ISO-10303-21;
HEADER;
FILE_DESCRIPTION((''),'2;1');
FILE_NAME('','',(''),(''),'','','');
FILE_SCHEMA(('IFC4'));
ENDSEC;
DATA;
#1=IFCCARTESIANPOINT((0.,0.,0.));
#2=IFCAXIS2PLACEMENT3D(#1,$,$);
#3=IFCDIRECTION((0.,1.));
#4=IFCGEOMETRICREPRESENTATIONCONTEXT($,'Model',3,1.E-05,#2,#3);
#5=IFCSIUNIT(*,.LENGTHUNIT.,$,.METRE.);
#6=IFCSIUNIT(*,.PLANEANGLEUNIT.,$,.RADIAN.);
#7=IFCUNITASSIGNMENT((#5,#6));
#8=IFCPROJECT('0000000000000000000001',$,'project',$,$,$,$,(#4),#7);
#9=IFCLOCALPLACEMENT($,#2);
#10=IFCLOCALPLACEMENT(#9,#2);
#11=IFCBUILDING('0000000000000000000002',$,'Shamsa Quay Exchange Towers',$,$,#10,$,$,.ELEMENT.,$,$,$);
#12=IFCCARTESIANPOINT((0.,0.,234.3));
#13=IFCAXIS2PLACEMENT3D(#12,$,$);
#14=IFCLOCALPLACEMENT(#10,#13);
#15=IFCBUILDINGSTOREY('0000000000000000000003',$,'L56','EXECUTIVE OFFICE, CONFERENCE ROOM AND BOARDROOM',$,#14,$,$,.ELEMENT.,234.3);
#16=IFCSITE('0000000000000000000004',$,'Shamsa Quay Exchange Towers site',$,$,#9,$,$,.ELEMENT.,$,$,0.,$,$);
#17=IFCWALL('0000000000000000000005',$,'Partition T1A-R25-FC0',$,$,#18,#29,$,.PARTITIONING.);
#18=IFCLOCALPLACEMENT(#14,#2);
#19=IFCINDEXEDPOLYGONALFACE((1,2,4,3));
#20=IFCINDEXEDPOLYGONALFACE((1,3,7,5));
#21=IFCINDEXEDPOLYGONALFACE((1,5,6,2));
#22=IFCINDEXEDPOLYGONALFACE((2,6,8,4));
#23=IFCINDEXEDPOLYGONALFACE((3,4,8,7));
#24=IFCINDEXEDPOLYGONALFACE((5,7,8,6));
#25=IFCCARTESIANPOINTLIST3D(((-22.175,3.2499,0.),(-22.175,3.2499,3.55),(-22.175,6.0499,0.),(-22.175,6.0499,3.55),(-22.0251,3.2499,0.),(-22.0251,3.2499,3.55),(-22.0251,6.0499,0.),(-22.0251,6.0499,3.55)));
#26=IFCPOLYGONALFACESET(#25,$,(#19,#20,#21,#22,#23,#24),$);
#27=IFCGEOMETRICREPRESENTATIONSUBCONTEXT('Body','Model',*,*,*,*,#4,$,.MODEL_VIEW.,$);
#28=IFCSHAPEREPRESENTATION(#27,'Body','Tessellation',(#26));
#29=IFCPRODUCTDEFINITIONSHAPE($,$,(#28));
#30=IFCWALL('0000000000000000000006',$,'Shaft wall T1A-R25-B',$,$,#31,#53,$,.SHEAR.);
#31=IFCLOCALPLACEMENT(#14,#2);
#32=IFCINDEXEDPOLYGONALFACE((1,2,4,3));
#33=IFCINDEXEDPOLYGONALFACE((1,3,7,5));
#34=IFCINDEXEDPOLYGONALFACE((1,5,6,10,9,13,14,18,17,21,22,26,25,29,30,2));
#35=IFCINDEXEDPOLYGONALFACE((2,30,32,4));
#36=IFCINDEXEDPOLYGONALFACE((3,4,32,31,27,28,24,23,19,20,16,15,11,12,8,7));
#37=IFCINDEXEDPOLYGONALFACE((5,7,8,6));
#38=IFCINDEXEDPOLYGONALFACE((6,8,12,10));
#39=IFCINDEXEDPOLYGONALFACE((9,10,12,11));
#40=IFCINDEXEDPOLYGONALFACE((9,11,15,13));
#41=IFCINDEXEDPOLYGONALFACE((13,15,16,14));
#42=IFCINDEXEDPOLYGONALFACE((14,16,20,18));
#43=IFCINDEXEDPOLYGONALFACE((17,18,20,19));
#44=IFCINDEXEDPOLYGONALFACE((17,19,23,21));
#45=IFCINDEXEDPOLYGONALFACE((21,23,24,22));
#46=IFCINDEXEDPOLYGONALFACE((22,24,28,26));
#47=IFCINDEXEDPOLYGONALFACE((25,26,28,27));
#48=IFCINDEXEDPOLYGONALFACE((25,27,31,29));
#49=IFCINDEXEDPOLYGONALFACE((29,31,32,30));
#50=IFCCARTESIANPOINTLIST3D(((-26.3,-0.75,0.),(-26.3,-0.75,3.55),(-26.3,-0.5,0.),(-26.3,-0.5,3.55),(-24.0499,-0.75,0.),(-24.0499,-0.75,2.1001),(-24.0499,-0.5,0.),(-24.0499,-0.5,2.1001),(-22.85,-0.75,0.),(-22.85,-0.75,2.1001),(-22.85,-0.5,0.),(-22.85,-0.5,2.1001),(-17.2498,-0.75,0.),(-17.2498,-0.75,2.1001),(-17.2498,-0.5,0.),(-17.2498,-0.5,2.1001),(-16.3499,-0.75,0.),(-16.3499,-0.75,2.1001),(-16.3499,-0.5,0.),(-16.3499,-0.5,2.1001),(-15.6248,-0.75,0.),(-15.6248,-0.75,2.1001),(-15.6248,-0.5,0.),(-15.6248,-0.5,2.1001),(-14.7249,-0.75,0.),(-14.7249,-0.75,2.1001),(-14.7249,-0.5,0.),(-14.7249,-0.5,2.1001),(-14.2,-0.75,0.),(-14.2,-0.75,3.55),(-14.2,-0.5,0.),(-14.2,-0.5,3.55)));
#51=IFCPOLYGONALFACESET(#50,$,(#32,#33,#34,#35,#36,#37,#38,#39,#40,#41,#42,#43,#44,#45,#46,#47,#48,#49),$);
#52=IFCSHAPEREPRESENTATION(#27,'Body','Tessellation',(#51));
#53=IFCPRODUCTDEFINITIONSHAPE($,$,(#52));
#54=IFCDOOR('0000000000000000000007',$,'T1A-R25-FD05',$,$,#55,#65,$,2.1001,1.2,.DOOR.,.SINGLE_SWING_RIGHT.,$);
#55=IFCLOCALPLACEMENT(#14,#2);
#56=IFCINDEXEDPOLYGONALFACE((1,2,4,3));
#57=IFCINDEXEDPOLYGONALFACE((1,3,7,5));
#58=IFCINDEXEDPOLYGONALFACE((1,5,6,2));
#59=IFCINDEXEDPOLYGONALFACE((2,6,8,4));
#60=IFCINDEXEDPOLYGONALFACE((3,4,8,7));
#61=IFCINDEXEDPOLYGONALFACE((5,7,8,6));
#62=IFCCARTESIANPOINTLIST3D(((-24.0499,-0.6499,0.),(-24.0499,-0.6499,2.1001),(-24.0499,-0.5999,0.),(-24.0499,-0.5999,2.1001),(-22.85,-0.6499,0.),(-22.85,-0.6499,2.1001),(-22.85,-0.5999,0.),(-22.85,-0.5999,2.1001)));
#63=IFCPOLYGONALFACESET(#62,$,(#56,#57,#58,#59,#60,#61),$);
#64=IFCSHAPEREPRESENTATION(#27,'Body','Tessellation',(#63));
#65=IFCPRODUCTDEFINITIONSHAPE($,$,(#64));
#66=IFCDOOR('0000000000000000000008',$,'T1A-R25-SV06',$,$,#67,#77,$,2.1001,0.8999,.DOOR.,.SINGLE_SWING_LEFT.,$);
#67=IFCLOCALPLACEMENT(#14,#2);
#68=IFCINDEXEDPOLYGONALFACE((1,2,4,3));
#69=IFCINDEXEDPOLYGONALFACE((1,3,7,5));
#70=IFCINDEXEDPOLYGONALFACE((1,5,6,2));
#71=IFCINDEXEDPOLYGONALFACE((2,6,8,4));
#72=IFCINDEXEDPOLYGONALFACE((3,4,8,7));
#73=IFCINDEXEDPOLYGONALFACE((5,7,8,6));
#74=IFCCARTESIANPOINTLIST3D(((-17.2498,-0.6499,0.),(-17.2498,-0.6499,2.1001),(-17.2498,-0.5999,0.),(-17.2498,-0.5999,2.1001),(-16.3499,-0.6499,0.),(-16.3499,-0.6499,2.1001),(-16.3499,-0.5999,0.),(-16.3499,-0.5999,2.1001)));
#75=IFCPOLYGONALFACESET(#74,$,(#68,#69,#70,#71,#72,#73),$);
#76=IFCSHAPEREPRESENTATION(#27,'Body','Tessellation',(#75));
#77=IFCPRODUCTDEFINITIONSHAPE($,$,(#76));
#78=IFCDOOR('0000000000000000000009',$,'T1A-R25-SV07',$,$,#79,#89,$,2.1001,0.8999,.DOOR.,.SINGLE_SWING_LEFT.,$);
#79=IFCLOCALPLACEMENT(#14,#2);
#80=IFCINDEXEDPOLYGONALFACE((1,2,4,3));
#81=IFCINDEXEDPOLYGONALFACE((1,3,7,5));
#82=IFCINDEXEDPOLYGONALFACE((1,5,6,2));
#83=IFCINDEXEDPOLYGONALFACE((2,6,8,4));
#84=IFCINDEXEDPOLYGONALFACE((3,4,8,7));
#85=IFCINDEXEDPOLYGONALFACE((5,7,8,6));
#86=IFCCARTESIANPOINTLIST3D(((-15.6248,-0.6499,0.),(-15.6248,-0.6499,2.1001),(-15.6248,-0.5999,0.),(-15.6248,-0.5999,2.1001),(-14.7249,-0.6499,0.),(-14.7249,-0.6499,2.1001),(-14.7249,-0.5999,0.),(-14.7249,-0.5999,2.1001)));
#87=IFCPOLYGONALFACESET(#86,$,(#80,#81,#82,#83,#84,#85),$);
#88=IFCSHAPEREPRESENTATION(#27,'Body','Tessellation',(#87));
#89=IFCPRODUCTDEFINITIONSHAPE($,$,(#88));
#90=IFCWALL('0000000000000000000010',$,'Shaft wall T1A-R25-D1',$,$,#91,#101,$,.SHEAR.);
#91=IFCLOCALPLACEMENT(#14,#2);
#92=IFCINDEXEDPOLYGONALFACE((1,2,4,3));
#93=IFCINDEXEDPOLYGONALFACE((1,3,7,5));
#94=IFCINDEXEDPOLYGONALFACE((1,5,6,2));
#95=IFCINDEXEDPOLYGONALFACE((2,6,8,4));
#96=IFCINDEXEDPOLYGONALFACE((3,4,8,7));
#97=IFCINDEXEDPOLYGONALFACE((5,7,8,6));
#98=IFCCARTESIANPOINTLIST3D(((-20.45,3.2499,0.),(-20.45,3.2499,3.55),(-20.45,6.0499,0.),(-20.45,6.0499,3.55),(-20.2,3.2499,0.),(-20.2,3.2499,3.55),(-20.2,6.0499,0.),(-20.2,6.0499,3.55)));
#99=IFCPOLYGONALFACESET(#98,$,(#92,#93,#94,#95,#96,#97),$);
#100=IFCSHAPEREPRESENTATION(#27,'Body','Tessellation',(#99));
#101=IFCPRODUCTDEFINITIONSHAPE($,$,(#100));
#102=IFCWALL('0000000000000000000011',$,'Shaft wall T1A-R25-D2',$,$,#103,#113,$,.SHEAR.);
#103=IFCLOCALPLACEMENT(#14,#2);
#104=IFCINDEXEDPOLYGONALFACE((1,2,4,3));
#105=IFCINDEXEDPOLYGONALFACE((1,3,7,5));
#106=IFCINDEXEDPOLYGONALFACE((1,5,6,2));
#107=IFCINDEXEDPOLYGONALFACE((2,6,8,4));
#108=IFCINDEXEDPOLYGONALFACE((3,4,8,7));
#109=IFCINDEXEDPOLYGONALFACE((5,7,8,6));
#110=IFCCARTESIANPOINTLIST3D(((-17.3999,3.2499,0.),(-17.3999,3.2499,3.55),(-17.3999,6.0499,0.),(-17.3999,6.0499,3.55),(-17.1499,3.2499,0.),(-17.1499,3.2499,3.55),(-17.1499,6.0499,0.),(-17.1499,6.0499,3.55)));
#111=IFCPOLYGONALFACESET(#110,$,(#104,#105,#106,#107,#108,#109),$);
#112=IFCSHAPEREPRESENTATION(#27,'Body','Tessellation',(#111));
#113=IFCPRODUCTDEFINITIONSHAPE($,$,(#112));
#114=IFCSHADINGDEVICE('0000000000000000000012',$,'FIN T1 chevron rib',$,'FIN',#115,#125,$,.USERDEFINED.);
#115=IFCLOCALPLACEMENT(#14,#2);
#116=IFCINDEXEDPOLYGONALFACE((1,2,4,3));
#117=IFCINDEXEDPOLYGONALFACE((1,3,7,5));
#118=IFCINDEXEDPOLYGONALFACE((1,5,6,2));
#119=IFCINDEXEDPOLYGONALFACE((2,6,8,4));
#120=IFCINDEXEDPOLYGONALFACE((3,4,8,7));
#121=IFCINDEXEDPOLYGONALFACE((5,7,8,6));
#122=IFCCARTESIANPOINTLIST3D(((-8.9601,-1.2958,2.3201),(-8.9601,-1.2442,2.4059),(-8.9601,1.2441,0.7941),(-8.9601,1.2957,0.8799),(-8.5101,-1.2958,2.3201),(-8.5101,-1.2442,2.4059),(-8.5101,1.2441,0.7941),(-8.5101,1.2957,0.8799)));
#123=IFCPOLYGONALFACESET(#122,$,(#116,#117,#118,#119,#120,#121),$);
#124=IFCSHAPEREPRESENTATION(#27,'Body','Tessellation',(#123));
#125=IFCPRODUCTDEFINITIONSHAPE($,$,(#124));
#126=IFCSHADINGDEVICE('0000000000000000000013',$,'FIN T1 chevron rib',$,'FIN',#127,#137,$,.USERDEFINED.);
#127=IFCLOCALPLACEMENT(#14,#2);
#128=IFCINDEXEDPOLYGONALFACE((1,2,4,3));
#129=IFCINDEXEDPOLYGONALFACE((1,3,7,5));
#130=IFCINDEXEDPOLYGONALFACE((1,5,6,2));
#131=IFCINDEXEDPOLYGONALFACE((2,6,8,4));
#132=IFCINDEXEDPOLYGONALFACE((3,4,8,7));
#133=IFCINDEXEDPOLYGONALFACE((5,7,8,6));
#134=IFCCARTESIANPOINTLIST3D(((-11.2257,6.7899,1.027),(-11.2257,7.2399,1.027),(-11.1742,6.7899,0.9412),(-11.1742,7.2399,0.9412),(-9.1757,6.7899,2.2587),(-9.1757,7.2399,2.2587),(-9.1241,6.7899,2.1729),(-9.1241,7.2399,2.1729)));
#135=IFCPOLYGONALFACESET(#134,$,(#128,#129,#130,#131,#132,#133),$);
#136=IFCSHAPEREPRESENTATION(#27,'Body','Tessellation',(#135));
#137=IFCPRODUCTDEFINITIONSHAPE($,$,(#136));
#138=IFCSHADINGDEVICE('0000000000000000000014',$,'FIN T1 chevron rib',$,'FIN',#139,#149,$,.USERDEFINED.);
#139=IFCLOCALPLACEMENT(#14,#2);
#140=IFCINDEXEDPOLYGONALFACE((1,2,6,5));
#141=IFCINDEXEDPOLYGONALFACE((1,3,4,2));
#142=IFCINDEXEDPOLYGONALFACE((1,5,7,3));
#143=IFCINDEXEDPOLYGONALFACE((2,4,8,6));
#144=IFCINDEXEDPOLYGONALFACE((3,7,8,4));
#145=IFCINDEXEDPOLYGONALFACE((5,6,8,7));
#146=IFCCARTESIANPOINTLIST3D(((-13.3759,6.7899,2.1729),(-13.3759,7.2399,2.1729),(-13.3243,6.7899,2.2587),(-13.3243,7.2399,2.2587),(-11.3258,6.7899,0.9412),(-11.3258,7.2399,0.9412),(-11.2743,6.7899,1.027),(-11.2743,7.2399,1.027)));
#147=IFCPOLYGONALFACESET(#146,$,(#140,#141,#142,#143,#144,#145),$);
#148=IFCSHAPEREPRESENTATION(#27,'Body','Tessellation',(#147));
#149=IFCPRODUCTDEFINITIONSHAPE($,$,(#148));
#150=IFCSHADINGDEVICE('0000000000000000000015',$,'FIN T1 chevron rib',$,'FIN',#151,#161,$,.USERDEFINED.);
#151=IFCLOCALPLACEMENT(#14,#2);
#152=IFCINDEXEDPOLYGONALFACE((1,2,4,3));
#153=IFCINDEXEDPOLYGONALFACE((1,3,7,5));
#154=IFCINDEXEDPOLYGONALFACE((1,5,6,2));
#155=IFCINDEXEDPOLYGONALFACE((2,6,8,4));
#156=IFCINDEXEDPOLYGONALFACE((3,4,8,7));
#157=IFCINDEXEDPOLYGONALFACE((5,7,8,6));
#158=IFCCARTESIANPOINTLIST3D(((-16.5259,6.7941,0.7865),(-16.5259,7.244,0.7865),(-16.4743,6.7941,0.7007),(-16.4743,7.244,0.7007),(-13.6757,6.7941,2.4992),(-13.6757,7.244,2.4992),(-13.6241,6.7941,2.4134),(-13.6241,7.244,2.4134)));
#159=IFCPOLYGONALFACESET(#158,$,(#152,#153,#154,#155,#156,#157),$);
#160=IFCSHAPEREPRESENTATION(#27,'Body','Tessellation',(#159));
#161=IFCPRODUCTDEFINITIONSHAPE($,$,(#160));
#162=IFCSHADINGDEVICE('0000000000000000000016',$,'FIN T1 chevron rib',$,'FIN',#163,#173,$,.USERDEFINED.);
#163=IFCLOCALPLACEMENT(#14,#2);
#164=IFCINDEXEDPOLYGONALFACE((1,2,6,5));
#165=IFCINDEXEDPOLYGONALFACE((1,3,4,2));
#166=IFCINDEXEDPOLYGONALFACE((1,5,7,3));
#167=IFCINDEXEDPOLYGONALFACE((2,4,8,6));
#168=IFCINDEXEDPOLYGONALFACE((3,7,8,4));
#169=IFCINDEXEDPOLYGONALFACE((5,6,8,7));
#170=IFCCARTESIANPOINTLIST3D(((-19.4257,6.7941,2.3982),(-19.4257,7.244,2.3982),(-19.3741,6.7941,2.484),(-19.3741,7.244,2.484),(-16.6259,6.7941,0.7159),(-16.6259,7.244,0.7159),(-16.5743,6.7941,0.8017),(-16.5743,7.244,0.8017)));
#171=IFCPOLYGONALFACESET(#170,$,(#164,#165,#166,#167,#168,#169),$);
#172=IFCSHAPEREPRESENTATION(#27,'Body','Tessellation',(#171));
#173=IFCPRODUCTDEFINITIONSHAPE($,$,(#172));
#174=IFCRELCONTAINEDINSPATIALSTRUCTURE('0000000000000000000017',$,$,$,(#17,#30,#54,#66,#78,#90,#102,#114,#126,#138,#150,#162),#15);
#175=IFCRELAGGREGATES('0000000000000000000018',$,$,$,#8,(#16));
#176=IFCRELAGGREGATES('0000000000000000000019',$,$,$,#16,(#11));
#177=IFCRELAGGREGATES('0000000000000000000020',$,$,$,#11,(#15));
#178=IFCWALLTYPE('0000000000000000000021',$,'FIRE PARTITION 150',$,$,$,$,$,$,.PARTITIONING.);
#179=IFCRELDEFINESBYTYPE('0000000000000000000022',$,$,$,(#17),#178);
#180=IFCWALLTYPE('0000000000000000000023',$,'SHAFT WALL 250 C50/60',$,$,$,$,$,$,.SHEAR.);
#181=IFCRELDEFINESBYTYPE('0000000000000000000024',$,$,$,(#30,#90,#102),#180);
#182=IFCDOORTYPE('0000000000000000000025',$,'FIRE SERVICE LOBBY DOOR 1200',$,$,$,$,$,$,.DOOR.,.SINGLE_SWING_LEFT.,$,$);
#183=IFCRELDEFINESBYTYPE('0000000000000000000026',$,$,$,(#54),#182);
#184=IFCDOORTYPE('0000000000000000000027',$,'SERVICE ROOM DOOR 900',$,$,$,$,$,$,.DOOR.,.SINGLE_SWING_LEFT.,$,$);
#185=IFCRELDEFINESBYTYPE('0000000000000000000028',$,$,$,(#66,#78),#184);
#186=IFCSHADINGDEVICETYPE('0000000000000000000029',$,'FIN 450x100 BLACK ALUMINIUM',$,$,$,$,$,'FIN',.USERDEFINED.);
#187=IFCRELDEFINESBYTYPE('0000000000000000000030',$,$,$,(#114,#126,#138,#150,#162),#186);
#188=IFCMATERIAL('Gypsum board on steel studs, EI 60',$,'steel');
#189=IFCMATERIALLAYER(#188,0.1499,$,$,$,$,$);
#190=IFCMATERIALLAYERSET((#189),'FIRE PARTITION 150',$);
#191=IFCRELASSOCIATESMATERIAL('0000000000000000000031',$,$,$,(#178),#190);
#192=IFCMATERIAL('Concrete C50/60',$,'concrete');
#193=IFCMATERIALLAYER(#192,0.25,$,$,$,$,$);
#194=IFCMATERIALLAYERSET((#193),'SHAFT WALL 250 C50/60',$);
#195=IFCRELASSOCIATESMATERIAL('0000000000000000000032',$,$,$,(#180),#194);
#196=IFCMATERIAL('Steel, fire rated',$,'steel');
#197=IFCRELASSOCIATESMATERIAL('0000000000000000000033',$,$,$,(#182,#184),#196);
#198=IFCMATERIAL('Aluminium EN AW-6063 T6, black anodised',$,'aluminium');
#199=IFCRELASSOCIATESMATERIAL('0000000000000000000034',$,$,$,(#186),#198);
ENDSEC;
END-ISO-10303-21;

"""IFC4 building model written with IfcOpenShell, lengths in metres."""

from ifc_helpers import new_model, si_unit, direction, frame, frame_2d, origin, origin_2d, place, context, subcontext, project, spatial, rectangle, extrude, material, layer, layer_set, material_profile, profile_set, type_object, element, fill, save


model = new_model("IFC4")

# Units and contexts
model_context = context("Model", 3, precision=1e-05, world=origin(), true_north=direction((0.0, 1.0)))
body_context = subcontext(model_context, "Body", "Model", "MODEL_VIEW")
ifc_project = project(units=[si_unit("LENGTHUNIT", "METRE"), si_unit("PLANEANGLEUNIT", "RADIAN")], contexts=[model_context])

# Site, building, storey
site_placement = place(None, origin())
site = spatial("IfcSite", under=ifc_project, at=site_placement, Name="Shamsa Quay Exchange Towers site", CompositionType="ELEMENT", RefElevation=0.0)
building_placement = place(site_placement, origin())
building = spatial("IfcBuilding", under=site, at=building_placement, Name="Shamsa Quay Exchange Towers", CompositionType="ELEMENT")
storey_placement = place(building_placement, frame((0.0, 0.0, 234.3)))
storey = spatial("IfcBuildingStorey", under=building, at=storey_placement, Name="L56", Description="EXECUTIVE OFFICE, CONFERENCE ROOM AND BOARDROOM", CompositionType="ELEMENT", Elevation=234.3)

# Shared definitions
ifc_material_1 = material(Name="Aluminium EN AW-6063 T6, black anodised", Category="aluminium")

# Shared definitions
ifc_material_2 = material(Name="Steel, fire rated", Category="steel")

# Wall
ifc_material_3 = material(Name="Gypsum board on steel studs, EI 60", Category="steel")
ifc_layer_1 = layer(ifc_material_3, 0.1499)
ifc_layer_set_1 = layer_set([ifc_layer_1], Name="FIRE PARTITION 150")
wall_type_1 = type_object("IfcWallType", Name="FIRE PARTITION 150", PredefinedType="PARTITIONING", material=ifc_layer_set_1)
wall_1_placement = place(storey_placement, frame((-22.1001, 3.25, 0.0), z_axis=(0.0, 0.0, 1.0), x_axis=(0.0, 1.0, 0.0)))
element("IfcWall", 1, at=wall_1_placement, inside=storey, type_object=wall_type_1, Name="Partition T1A-R25-FC0", PredefinedType="PARTITIONING", context=body_context, shape_type="SweptSolid", body=[
    extrude(rectangle(XDim=2.8, YDim=0.1499, at=frame_2d((1.3999, 0.0))), origin(), (0.0, 0.0, 1.0), 3.55),
])

# Wall, openings, doors
ifc_material_4 = material(Name="Concrete C50/60", Category="concrete")
ifc_layer_2 = layer(ifc_material_4, 0.25)
ifc_layer_set_2 = layer_set([ifc_layer_2], Name="SHAFT WALL 250 C50/60")
wall_type_2 = type_object("IfcWallType", Name="SHAFT WALL 250 C50/60", PredefinedType="SHEAR", material=ifc_layer_set_2)
wall_2_placement = place(storey_placement, frame((-14.2, -0.625, 0.0), z_axis=(0.0, 0.0, 1.0), x_axis=(-1.0, 0.0, 0.0)))
wall_2 = element("IfcWall", 2, at=wall_2_placement, inside=storey, type_object=wall_type_2, Name="Shaft wall T1A-R25-B", PredefinedType="SHEAR", context=body_context, shape_type="SweptSolid", body=[
    extrude(rectangle(XDim=12.1001, YDim=0.25, at=frame_2d((6.05, 0.0))), origin(), (0.0, 0.0, 1.0), 3.55),
])
opening_1_placement = place(wall_2_placement, frame((8.6499, 0.0, 0.0)))
opening_1 = element("IfcOpeningElement", 3, at=opening_1_placement, cuts=wall_2, PredefinedType="OPENING", context=body_context, shape_type="SweptSolid", body=[
    extrude(rectangle(XDim=1.2, YDim=2.1001, at=frame_2d((0.6001, 1.05))), frame((0.0, 0.135, 0.0), z_axis=(0.0, -1.0, 0.0), x_axis=(1.0, 0.0, 0.0)), (0.0, 0.0, 1.0), 0.27),
])
opening_2_placement = place(wall_2_placement, frame((2.1499, 0.0, 0.0)))
opening_2 = element("IfcOpeningElement", 4, at=opening_2_placement, cuts=wall_2, PredefinedType="OPENING", context=body_context, shape_type="SweptSolid", body=[
    extrude(rectangle(XDim=0.8999, YDim=2.1001, at=frame_2d((0.45, 1.05))), frame((0.0, 0.135, 0.0), z_axis=(0.0, -1.0, 0.0), x_axis=(1.0, 0.0, 0.0)), (0.0, 0.0, 1.0), 0.27),
])
opening_3_placement = place(wall_2_placement, frame((0.5249, 0.0, 0.0)))
opening_3 = element("IfcOpeningElement", 5, at=opening_3_placement, cuts=wall_2, PredefinedType="OPENING", context=body_context, shape_type="SweptSolid", body=[
    extrude(rectangle(XDim=0.8999, YDim=2.1001, at=frame_2d((0.45, 1.05))), frame((0.0, 0.135, 0.0), z_axis=(0.0, -1.0, 0.0), x_axis=(1.0, 0.0, 0.0)), (0.0, 0.0, 1.0), 0.27),
])
door_type_1 = type_object("IfcDoorType", Name="FIRE SERVICE LOBBY DOOR 1200", OperationType="SINGLE_SWING_LEFT", PredefinedType="DOOR", material=ifc_material_2)
door_1_placement = place(opening_1_placement, origin())
door_1 = element("IfcDoor", 6, at=door_1_placement, inside=storey, type_object=door_type_1, Name="T1A-R25-FD05", OperationType="SINGLE_SWING_RIGHT", OverallHeight=2.1001, OverallWidth=1.2, PredefinedType="DOOR", context=body_context, shape_type="SweptSolid", body=[
    extrude(rectangle(XDim=1.2, YDim=2.1001, at=frame_2d((0.6001, 1.05))), frame((0.0, 0.0249, 0.0), z_axis=(0.0, -1.0, 0.0), x_axis=(1.0, 0.0, 0.0)), (0.0, 0.0, 1.0), 0.05),
])
fill(opening_1, door_1)
door_type_2 = type_object("IfcDoorType", Name="SERVICE ROOM DOOR 900", OperationType="SINGLE_SWING_LEFT", PredefinedType="DOOR", material=ifc_material_2)
door_2_placement = place(opening_2_placement, origin())
door_2 = element("IfcDoor", 7, at=door_2_placement, inside=storey, type_object=door_type_2, Name="T1A-R25-SV06", OperationType="SINGLE_SWING_LEFT", OverallHeight=2.1001, OverallWidth=0.8999, PredefinedType="DOOR", context=body_context, shape_type="SweptSolid", body=[
    extrude(rectangle(XDim=0.8999, YDim=2.1001, at=frame_2d((0.45, 1.05))), frame((0.0, 0.0249, 0.0), z_axis=(0.0, -1.0, 0.0), x_axis=(1.0, 0.0, 0.0)), (0.0, 0.0, 1.0), 0.05),
])
fill(opening_2, door_2)
door_3_placement = place(opening_3_placement, origin())
door_3 = element("IfcDoor", 8, at=door_3_placement, inside=storey, type_object=door_type_2, Name="T1A-R25-SV07", OperationType="SINGLE_SWING_LEFT", OverallHeight=2.1001, OverallWidth=0.8999, PredefinedType="DOOR", context=body_context, shape_type="SweptSolid", body=[
    extrude(rectangle(XDim=0.8999, YDim=2.1001, at=frame_2d((0.45, 1.05))), frame((0.0, 0.0249, 0.0), z_axis=(0.0, -1.0, 0.0), x_axis=(1.0, 0.0, 0.0)), (0.0, 0.0, 1.0), 0.05),
])
fill(opening_3, door_3)

# Walls
for number, where, z_axis, x_axis, name in (
    (9, (-20.325, 3.25, 0.0), (0.0, 0.0, 1.0), (0.0, 1.0, 0.0), "Shaft wall T1A-R25-D1"),
    (10, (-17.2749, 3.25, 0.0), (0.0, 0.0, 1.0), (0.0, 1.0, 0.0), "Shaft wall T1A-R25-D2"),
):
    element("IfcWall", number, at=place(storey_placement, frame(where, z_axis=z_axis, x_axis=x_axis)), inside=storey, type_object=wall_type_2, Name=name, PredefinedType="SHEAR", context=body_context, shape_type="SweptSolid", body=[
        extrude(rectangle(XDim=2.8, YDim=0.25, at=frame_2d((1.3999, 0.0))), origin(), (0.0, 0.0, 1.0), 3.55),
    ])

# Shading devices
ifc_material_profile_1 = material_profile(ifc_material_1, rectangle(XDim=0.45, YDim=0.1001, at=origin_2d()), Name="FIN450x100")
ifc_profile_set_1 = profile_set([ifc_material_profile_1], Name="Aluminium EN AW-6063 T6, black anodised")
shading_device_type = type_object("IfcShadingDeviceType", Name="FIN 450x100 BLACK ALUMINIUM", ElementType="FIN", PredefinedType="USERDEFINED", material=ifc_profile_set_1)
shading_device_1_placement = place(storey_placement, frame((-8.7351, -1.27, 2.363), z_axis=(0.0, 0.85718, -0.515017), x_axis=(-1.0, 0.0, 0.0)))
element("IfcShadingDevice", 11, at=shading_device_1_placement, inside=storey, type_object=shading_device_type, Name="FIN T1 chevron rib", ObjectType="FIN", PredefinedType="USERDEFINED", context=body_context, shape_type="SweptSolid", body=[
    extrude(rectangle(XDim=0.45, YDim=0.1001, at=origin_2d()), origin(), (0.0, 0.0, 1.0), 2.9631),
])
for number, where, z_axis, x_axis, name in (
    (12, (-9.1499, 7.0149, 2.2158), (-0.857187, 0.0, -0.515006), (0.0, -1.0, 0.0), "FIN T1 chevron rib"),
    (13, (-11.3, 7.0149, 0.9841), (-0.857187, 0.0, 0.515006), (0.0, -1.0, 0.0), "FIN T1 chevron rib"),
):
    element("IfcShadingDevice", number, at=place(storey_placement, frame(where, z_axis=z_axis, x_axis=x_axis)), inside=storey, type_object=shading_device_type, Name=name, ObjectType="FIN", PredefinedType="USERDEFINED", context=body_context, shape_type="SweptSolid", body=[
        extrude(rectangle(XDim=0.45, YDim=0.1001, at=origin_2d()), origin(), (0.0, 0.0, 1.0), 2.3916),
    ])
shading_device_2_placement = place(storey_placement, frame((-13.6499, 7.019, 2.4563), z_axis=(-0.857149, 0.0, -0.515068), x_axis=(0.0, -1.0, 0.0)))
element("IfcShadingDevice", 14, at=shading_device_2_placement, inside=storey, type_object=shading_device_type, Name="FIN T1 chevron rib", ObjectType="FIN", PredefinedType="USERDEFINED", context=body_context, shape_type="SweptSolid", body=[
    extrude(rectangle(XDim=0.45, YDim=0.1001, at=origin_2d()), origin(), (0.0, 0.0, 1.0), 3.3252),
])
shading_device_3_placement = place(storey_placement, frame((-16.6001, 7.019, 0.7588), z_axis=(-0.857156, 0.0, 0.515056), x_axis=(0.0, -1.0, 0.0)))
element("IfcShadingDevice", 15, at=shading_device_3_placement, inside=storey, type_object=shading_device_type, Name="FIN T1 chevron rib", ObjectType="FIN", PredefinedType="USERDEFINED", context=body_context, shape_type="SweptSolid", body=[
    extrude(rectangle(XDim=0.45, YDim=0.1001, at=origin_2d()), origin(), (0.0, 0.0, 1.0), 3.2664),
])

save(model, "model.ifc")
